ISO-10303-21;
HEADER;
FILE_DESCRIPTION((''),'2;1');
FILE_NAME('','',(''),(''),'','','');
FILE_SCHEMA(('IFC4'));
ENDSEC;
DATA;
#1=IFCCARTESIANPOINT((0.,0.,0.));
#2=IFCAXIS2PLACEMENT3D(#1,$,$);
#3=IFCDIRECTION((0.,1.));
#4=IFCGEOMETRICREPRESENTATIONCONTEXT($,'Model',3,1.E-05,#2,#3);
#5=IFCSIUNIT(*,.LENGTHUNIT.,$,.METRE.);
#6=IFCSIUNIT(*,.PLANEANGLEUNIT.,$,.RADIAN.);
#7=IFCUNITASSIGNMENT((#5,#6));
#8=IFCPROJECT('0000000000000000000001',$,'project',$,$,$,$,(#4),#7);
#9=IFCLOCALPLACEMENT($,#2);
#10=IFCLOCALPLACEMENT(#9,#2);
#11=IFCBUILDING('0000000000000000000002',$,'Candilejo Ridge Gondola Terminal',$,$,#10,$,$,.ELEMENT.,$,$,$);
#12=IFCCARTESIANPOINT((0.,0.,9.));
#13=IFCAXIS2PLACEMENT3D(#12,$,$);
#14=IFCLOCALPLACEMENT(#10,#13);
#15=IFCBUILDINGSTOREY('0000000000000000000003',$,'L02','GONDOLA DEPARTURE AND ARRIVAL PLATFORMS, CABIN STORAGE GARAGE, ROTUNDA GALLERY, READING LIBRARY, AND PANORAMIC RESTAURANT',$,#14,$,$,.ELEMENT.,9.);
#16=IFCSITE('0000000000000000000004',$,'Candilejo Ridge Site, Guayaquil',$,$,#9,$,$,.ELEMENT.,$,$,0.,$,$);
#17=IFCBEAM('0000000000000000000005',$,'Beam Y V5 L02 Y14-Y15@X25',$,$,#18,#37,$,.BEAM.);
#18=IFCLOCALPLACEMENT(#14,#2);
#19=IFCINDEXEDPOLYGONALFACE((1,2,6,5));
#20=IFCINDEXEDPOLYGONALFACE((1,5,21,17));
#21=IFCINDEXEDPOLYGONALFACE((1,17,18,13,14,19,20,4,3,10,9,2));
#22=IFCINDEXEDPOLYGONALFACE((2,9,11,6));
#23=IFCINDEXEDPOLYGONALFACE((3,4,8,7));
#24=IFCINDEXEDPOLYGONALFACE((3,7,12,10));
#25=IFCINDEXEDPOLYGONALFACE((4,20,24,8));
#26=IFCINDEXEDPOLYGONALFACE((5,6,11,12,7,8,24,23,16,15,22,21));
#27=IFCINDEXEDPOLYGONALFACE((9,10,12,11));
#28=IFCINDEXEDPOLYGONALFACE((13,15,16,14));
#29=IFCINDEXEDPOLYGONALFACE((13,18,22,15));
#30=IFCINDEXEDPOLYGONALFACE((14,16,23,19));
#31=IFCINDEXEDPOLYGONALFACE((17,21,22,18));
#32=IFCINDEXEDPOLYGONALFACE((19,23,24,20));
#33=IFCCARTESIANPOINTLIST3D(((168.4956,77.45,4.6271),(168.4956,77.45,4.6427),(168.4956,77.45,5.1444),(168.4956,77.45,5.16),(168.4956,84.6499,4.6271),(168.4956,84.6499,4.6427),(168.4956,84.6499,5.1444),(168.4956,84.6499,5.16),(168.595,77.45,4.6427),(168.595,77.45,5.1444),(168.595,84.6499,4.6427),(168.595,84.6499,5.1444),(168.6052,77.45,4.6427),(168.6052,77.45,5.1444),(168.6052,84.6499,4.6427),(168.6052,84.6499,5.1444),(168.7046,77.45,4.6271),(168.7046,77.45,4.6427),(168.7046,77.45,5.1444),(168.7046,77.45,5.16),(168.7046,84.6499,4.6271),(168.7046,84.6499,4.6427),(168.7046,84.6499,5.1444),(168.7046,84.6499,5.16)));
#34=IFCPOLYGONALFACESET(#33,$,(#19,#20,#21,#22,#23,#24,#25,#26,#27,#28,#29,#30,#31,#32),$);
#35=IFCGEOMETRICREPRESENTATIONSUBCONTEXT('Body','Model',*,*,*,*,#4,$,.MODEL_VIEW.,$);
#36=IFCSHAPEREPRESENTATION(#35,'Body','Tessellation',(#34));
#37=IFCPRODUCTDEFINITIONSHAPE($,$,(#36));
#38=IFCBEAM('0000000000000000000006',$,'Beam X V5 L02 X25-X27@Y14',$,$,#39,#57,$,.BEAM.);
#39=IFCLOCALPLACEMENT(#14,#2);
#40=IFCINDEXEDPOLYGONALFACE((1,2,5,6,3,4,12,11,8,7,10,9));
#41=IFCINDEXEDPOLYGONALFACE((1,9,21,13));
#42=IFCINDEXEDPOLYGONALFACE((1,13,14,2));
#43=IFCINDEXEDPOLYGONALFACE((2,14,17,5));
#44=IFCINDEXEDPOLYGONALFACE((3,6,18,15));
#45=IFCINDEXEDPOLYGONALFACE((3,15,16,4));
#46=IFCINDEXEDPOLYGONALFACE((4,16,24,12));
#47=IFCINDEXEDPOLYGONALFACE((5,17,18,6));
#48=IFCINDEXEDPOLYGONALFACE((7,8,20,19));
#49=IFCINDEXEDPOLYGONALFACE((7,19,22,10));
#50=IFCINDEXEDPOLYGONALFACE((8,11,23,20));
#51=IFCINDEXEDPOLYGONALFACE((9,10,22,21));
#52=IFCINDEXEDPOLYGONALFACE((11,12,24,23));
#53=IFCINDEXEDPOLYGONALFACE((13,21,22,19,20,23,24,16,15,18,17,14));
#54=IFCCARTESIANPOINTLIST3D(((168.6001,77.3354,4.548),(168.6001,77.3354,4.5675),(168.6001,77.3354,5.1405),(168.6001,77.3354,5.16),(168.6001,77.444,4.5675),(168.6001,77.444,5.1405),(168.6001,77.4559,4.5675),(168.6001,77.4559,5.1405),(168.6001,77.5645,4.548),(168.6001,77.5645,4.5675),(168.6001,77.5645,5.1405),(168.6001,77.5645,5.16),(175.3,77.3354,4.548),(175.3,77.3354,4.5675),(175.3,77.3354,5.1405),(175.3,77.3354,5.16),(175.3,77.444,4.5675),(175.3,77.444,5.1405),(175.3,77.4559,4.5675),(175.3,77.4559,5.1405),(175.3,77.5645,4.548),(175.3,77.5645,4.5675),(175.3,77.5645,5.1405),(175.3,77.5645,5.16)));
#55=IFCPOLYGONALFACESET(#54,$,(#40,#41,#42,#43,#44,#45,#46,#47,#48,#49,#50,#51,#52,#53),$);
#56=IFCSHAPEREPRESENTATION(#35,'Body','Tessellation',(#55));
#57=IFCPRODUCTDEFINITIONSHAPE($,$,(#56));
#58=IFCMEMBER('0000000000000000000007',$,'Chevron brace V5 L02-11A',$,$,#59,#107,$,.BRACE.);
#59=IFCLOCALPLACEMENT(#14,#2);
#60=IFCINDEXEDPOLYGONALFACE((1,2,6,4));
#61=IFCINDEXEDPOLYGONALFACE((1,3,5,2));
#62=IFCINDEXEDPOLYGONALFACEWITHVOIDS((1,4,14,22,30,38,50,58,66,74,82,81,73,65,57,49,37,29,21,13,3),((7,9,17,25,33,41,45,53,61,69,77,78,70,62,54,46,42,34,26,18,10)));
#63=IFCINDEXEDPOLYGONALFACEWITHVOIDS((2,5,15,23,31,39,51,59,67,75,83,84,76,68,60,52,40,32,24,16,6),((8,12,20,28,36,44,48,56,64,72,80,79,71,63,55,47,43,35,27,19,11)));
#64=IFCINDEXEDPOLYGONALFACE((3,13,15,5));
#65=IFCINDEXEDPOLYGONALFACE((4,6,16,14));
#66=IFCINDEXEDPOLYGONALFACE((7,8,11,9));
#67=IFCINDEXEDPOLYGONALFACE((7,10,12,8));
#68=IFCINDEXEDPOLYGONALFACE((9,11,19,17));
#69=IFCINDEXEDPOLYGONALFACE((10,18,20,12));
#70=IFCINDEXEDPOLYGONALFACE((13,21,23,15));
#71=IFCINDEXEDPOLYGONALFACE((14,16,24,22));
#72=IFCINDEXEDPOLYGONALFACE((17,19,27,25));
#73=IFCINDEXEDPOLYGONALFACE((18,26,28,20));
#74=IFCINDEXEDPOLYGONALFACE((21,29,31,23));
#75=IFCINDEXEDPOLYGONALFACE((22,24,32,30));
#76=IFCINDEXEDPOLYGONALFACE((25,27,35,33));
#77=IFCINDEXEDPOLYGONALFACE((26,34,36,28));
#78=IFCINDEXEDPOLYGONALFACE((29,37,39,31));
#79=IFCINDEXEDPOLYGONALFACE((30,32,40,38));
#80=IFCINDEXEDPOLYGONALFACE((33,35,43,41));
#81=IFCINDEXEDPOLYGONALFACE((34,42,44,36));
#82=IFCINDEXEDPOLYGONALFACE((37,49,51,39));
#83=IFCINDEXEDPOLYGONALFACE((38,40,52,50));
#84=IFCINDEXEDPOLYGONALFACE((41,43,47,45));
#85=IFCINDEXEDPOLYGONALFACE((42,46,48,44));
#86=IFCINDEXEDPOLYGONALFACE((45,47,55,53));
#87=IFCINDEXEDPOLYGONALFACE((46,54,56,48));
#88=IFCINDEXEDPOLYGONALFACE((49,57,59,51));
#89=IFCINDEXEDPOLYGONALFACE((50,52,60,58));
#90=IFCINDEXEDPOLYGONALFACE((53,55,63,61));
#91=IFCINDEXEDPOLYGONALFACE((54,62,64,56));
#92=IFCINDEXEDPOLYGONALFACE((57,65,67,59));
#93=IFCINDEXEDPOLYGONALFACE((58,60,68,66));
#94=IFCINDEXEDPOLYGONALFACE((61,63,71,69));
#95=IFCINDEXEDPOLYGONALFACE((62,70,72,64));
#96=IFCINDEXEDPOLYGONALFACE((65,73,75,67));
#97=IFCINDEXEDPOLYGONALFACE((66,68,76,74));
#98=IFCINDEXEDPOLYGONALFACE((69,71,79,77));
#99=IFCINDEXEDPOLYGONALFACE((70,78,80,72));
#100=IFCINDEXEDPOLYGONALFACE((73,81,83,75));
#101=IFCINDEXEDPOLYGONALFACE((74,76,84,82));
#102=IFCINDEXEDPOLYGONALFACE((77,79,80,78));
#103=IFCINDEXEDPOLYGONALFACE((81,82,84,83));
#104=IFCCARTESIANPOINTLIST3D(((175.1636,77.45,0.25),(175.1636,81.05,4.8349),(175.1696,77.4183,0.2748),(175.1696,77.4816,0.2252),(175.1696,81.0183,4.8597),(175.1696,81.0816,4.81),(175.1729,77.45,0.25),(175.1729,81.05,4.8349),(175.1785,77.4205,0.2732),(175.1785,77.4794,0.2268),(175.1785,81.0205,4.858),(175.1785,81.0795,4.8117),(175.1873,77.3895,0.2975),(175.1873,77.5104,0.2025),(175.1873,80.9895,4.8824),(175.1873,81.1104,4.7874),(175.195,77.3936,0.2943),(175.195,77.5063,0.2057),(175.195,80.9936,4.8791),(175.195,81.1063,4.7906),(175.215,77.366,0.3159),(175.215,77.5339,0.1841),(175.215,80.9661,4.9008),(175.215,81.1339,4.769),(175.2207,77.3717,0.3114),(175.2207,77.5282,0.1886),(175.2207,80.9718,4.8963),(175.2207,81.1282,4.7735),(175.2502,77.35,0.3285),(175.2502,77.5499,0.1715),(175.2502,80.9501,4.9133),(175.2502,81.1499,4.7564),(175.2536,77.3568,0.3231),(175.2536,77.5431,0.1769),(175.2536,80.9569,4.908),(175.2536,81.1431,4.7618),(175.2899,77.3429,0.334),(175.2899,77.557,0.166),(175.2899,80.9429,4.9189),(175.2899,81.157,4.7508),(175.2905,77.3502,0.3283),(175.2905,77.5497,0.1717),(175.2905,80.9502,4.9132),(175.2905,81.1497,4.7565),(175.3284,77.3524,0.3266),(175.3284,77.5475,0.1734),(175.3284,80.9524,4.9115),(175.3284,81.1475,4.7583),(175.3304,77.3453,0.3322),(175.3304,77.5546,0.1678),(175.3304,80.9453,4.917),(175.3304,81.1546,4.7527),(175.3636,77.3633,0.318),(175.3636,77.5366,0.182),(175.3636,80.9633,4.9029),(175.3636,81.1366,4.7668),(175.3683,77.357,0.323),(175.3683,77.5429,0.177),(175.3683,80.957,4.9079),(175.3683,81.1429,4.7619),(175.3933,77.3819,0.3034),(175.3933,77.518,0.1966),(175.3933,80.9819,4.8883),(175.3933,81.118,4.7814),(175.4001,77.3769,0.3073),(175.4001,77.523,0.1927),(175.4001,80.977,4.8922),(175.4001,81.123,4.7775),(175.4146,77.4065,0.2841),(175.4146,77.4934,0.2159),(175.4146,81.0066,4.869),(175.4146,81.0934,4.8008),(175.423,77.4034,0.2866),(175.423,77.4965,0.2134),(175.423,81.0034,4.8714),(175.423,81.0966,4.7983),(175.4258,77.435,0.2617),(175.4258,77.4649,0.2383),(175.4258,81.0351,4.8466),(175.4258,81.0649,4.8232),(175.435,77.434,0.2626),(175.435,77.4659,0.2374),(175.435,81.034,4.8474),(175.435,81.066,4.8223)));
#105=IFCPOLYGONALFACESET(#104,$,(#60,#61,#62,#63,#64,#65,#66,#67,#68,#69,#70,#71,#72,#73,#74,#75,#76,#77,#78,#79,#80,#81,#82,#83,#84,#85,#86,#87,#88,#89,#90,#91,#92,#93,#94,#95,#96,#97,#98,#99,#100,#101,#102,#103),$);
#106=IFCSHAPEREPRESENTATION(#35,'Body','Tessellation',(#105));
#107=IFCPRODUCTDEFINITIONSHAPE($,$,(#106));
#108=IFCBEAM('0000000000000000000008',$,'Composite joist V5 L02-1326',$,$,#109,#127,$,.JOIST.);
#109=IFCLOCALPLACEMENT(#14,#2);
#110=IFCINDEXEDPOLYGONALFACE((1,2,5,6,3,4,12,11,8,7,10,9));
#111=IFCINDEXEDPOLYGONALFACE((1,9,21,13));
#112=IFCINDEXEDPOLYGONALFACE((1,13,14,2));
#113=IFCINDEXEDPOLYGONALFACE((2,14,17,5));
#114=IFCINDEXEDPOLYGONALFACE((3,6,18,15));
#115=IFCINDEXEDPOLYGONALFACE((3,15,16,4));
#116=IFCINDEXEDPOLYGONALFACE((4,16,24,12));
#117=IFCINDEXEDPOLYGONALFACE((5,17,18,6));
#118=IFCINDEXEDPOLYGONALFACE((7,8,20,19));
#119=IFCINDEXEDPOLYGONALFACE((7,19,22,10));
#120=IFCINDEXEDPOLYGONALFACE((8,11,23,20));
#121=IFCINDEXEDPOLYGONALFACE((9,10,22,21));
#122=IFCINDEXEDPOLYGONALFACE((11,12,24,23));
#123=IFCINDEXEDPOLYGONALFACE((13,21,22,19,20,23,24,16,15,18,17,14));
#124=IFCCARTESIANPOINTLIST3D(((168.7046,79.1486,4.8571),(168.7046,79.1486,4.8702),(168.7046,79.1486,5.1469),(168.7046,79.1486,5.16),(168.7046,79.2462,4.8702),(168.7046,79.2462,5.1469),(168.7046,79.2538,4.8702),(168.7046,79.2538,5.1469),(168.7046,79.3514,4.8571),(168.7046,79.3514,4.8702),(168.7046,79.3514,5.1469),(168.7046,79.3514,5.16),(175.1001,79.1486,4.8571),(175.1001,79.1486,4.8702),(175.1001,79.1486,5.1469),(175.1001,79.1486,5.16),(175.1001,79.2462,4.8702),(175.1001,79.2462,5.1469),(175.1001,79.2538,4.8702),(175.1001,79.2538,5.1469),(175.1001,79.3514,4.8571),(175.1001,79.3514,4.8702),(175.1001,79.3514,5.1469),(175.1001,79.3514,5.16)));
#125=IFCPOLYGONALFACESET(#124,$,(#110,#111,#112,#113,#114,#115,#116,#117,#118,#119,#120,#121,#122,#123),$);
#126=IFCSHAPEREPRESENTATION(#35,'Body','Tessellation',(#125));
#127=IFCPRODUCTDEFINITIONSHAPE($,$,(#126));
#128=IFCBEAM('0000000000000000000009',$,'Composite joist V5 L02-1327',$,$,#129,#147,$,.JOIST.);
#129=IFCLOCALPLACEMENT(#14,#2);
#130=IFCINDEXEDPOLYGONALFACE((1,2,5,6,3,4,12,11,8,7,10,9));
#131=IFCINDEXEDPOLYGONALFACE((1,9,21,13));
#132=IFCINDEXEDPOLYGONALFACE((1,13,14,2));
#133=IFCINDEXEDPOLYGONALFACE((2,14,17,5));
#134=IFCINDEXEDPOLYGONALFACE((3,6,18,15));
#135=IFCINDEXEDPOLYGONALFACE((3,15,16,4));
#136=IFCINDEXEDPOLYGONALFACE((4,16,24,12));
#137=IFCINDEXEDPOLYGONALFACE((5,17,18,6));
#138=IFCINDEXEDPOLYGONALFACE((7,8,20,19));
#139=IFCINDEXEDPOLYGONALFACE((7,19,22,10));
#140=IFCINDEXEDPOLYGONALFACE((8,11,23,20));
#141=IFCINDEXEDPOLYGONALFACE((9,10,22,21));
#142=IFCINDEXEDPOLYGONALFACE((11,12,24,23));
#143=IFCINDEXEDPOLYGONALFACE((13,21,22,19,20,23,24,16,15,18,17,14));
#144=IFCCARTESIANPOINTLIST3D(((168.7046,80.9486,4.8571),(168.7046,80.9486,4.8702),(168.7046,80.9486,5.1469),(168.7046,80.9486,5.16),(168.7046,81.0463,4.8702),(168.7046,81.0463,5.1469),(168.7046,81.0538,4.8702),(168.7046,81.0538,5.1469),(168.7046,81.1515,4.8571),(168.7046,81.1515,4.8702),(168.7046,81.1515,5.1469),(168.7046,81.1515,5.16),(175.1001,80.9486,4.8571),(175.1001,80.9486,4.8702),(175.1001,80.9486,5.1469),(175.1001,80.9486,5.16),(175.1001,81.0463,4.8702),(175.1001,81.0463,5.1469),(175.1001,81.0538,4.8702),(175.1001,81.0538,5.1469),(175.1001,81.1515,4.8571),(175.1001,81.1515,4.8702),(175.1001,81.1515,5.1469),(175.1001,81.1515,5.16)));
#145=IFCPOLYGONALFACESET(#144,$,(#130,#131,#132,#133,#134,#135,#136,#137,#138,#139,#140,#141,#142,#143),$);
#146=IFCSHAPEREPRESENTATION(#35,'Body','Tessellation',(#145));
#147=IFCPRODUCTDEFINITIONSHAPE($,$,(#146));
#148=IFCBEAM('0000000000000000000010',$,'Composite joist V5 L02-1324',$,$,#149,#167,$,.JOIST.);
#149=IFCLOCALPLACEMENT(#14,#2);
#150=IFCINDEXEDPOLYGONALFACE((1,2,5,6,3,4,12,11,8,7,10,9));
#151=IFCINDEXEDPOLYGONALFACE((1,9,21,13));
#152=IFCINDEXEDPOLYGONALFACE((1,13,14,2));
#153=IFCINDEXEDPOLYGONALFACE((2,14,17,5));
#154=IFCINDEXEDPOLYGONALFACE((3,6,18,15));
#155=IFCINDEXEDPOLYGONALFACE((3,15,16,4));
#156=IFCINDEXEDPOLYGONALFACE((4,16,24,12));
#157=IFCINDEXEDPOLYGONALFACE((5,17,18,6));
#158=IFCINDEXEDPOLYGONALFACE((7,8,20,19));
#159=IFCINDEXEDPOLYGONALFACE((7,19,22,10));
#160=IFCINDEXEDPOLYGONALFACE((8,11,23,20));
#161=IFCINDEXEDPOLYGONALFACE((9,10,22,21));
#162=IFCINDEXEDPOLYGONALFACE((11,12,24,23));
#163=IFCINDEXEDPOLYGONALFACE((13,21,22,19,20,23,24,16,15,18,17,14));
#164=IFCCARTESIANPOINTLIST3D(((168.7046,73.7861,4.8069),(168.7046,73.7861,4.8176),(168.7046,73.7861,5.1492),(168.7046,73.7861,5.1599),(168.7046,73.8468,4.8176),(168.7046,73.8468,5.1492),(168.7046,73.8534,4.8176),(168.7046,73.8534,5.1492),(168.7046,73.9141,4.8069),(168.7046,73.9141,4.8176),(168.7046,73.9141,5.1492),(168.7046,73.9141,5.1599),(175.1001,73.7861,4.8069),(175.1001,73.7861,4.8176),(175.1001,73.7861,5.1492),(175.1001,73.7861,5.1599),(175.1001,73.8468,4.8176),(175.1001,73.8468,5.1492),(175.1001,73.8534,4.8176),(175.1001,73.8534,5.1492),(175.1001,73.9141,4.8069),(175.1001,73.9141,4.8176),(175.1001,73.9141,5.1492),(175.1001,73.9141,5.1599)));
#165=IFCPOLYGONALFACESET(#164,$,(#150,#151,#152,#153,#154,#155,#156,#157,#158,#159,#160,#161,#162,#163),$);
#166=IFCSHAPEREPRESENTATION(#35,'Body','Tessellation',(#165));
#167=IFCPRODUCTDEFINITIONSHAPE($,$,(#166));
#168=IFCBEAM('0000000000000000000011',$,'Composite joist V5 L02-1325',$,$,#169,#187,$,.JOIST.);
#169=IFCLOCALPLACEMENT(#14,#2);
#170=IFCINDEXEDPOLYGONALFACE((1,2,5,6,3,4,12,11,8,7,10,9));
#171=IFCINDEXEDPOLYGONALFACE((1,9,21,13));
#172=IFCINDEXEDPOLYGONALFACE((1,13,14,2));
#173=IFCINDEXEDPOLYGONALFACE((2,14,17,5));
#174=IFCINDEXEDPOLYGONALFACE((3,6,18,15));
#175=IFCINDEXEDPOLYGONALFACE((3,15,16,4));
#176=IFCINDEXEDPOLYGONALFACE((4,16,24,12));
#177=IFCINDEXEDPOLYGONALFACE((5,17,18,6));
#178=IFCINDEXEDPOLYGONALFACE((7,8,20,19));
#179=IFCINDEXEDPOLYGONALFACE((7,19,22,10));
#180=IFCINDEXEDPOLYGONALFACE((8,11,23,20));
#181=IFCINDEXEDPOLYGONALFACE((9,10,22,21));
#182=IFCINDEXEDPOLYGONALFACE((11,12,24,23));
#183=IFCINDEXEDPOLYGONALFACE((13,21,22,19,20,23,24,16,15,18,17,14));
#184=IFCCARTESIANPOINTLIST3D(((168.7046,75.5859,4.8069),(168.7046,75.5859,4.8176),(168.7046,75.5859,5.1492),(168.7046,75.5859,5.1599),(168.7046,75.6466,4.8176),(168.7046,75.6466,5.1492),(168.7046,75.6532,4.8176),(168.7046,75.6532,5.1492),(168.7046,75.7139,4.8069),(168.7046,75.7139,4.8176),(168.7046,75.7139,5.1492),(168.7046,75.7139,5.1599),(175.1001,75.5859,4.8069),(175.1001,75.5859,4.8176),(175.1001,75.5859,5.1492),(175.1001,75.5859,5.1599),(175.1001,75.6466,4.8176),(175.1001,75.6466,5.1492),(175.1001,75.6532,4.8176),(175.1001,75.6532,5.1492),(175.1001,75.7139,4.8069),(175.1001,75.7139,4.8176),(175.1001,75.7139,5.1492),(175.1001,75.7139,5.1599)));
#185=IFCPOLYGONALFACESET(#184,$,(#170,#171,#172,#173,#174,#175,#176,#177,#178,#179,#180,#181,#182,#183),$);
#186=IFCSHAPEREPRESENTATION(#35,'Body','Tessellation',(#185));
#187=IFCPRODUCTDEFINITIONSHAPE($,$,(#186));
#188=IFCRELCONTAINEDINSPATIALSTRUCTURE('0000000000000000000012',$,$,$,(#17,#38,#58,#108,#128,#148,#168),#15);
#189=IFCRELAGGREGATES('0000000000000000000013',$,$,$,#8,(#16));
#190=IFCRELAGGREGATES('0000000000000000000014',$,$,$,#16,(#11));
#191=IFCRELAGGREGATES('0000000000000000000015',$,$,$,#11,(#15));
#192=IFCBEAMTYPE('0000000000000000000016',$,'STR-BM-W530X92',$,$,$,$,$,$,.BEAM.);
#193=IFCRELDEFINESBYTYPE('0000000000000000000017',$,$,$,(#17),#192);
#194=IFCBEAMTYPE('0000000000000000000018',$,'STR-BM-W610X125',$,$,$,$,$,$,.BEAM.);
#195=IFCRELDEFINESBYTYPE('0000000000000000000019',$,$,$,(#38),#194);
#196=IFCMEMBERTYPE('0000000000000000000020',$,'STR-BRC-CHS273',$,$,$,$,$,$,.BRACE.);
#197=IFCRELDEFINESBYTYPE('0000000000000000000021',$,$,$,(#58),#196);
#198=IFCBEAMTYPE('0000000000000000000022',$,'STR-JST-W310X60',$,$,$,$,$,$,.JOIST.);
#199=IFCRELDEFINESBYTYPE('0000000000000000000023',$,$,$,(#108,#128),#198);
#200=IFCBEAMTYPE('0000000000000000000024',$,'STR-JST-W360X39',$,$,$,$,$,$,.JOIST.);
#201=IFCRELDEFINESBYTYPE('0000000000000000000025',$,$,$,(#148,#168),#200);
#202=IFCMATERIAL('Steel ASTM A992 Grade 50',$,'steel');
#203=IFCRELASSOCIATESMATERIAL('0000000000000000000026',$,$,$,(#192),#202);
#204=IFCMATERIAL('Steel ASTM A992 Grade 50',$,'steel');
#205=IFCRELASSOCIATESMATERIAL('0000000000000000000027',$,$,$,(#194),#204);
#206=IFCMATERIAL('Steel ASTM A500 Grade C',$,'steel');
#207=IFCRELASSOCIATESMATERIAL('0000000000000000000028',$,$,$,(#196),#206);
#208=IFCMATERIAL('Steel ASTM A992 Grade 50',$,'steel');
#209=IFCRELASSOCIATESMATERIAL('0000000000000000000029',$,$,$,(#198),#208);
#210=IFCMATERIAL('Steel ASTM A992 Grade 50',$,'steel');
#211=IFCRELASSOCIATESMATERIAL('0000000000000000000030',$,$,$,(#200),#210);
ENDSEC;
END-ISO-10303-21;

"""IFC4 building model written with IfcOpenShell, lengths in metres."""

from ifc_helpers import new_model, si_unit, direction, frame, origin, origin_2d, place, context, subcontext, project, spatial, hollow_circle, i_section, extrude, material, material_profile, profile_set, type_object, element, save


model = new_model("IFC4")

# Units and contexts
model_context = context("Model", 3, precision=1e-05, world=origin(), true_north=direction((0.0, 1.0)))
body_context = subcontext(model_context, "Body", "Model", "MODEL_VIEW")
ifc_project = project(units=[si_unit("LENGTHUNIT", "METRE"), si_unit("PLANEANGLEUNIT", "RADIAN")], contexts=[model_context])

# Site, building, storey
site_placement = place(None, origin())
site = spatial("IfcSite", under=ifc_project, at=site_placement, Name="Candilejo Ridge Site, Guayaquil", CompositionType="ELEMENT", RefElevation=0.0)
building_placement = place(site_placement, origin())
building = spatial("IfcBuilding", under=site, at=building_placement, Name="Candilejo Ridge Gondola Terminal", CompositionType="ELEMENT")
storey_placement = place(building_placement, frame((0.0, 0.0, 9.0)))
storey = spatial("IfcBuildingStorey", under=building, at=storey_placement, Name="L02", Description="GONDOLA DEPARTURE AND ARRIVAL PLATFORMS, CABIN STORAGE GARAGE, ROTUNDA GALLERY, READING LIBRARY, AND PANORAMIC RESTAURANT", CompositionType="ELEMENT", Elevation=9.0)

# Beams
ifc_material_1 = material(Name="Steel ASTM A992 Grade 50", Category="steel")
ifc_material_profile_1 = material_profile(ifc_material_1, i_section(OverallWidth=0.209, OverallDepth=0.533, WebThickness=0.0103, FlangeThickness=0.0156, at=origin_2d()))
ifc_profile_set_1 = profile_set([ifc_material_profile_1], Name="Steel ASTM A992 Grade 50")
beam_type_1 = type_object("IfcBeamType", Name="STR-BM-W530X92", PredefinedType="BEAM", material=ifc_profile_set_1)
beam_1_placement = place(storey_placement, frame((168.6001, 77.45, 4.8936), z_axis=(0.0, 1.0, 0.0), x_axis=(-1.0, 0.0, 0.0)))
element("IfcBeam", 1, at=beam_1_placement, inside=storey, type_object=beam_type_1, Name="Beam Y V5 L02 Y14-Y15@X25", PredefinedType="BEAM", context=body_context, shape_type="SweptSolid", body=[
    extrude(i_section(OverallWidth=0.209, OverallDepth=0.533, WebThickness=0.0103, FlangeThickness=0.0156, at=origin_2d()), origin(), (0.0, 0.0, 1.0), 7.2),
])
ifc_material_2 = material(Name="Steel ASTM A992 Grade 50", Category="steel")
ifc_material_profile_2 = material_profile(ifc_material_2, i_section(OverallWidth=0.229, OverallDepth=0.6121, WebThickness=0.012, FlangeThickness=0.0195, at=origin_2d()))
ifc_profile_set_2 = profile_set([ifc_material_profile_2], Name="Steel ASTM A992 Grade 50")
beam_type_2 = type_object("IfcBeamType", Name="STR-BM-W610X125", PredefinedType="BEAM", material=ifc_profile_set_2)
beam_2_placement = place(storey_placement, frame((168.6001, 77.45, 4.854), z_axis=(1.0, 0.0, 0.0), x_axis=(0.0, 1.0, 0.0)))
element("IfcBeam", 2, at=beam_2_placement, inside=storey, type_object=beam_type_2, Name="Beam X V5 L02 X25-X27@Y14", PredefinedType="BEAM", context=body_context, shape_type="SweptSolid", body=[
    extrude(i_section(OverallWidth=0.229, OverallDepth=0.6121, WebThickness=0.012, FlangeThickness=0.0195, at=origin_2d()), origin(), (0.0, 0.0, 1.0), 6.7),
])

# Member
ifc_material_3 = material(Name="Steel ASTM A500 Grade C", Category="steel")
ifc_material_profile_3 = material_profile(ifc_material_3, hollow_circle(Radius=0.1365, WallThickness=0.0093, at=origin_2d()))
ifc_profile_set_3 = profile_set([ifc_material_profile_3], Name="Steel ASTM A500 Grade C")
member_type_1 = type_object("IfcMemberType", Name="STR-BRC-CHS273", PredefinedType="BRACE", material=ifc_profile_set_3)
member_1_placement = place(storey_placement, frame((175.3, 77.45, 0.25), z_axis=(0.0, 0.61757, 0.786516), x_axis=(-1.0, 0.0, 0.0)))
element("IfcMember", 3, at=member_1_placement, inside=storey, type_object=member_type_1, Name="Chevron brace V5 L02-11A", PredefinedType="BRACE", context=body_context, shape_type="SweptSolid", body=[
    extrude(hollow_circle(Radius=0.1365, WallThickness=0.0093, at=origin_2d()), origin(), (0.0, 0.0, 1.0), 5.8293),
])

# Beams
ifc_material_4 = material(Name="Steel ASTM A992 Grade 50", Category="steel")
ifc_material_profile_4 = material_profile(ifc_material_4, i_section(OverallWidth=0.2029, OverallDepth=0.303, WebThickness=0.0076, FlangeThickness=0.0132, at=origin_2d()))
ifc_profile_set_4 = profile_set([ifc_material_profile_4], Name="Steel ASTM A992 Grade 50")
beam_type_3 = type_object("IfcBeamType", Name="STR-JST-W310X60", PredefinedType="JOIST", material=ifc_profile_set_4)
for number, where, z_axis, x_axis, name in (
    (4, (168.7046, 79.25, 5.0085), (1.0, 0.0, 0.0), (0.0, 1.0, 0.0), "Composite joist V5 L02-1326"),
    (5, (168.7046, 81.05, 5.0085), (1.0, 0.0, 0.0), (0.0, 1.0, 0.0), "Composite joist V5 L02-1327"),
):
    element("IfcBeam", number, at=place(storey_placement, frame(where, z_axis=z_axis, x_axis=x_axis)), inside=storey, type_object=beam_type_3, Name=name, PredefinedType="JOIST", context=body_context, shape_type="SweptSolid", body=[
        extrude(i_section(OverallWidth=0.2029, OverallDepth=0.303, WebThickness=0.0076, FlangeThickness=0.0132, at=origin_2d()), origin(), (0.0, 0.0, 1.0), 6.3955),
    ])
ifc_material_5 = material(Name="Steel ASTM A992 Grade 50", Category="steel")
ifc_material_profile_5 = material_profile(ifc_material_5, i_section(OverallWidth=0.1279, OverallDepth=0.353, WebThickness=0.0066, FlangeThickness=0.0107, at=origin_2d()))
ifc_profile_set_5 = profile_set([ifc_material_profile_5], Name="Steel ASTM A992 Grade 50")
beam_type_4 = type_object("IfcBeamType", Name="STR-JST-W360X39", PredefinedType="JOIST", material=ifc_profile_set_5)
for number, where, z_axis, x_axis, name in (
    (6, (168.7046, 73.8501, 4.9834), (1.0, 0.0, 0.0), (0.0, 1.0, 0.0), "Composite joist V5 L02-1324"),
    (7, (168.7046, 75.6499, 4.9834), (1.0, 0.0, 0.0), (0.0, 1.0, 0.0), "Composite joist V5 L02-1325"),
):
    element("IfcBeam", number, at=place(storey_placement, frame(where, z_axis=z_axis, x_axis=x_axis)), inside=storey, type_object=beam_type_4, Name=name, PredefinedType="JOIST", context=body_context, shape_type="SweptSolid", body=[
        extrude(i_section(OverallWidth=0.1279, OverallDepth=0.353, WebThickness=0.0066, FlangeThickness=0.0107, at=origin_2d()), origin(), (0.0, 0.0, 1.0), 6.3955),
    ])

save(model, "model.ifc")
